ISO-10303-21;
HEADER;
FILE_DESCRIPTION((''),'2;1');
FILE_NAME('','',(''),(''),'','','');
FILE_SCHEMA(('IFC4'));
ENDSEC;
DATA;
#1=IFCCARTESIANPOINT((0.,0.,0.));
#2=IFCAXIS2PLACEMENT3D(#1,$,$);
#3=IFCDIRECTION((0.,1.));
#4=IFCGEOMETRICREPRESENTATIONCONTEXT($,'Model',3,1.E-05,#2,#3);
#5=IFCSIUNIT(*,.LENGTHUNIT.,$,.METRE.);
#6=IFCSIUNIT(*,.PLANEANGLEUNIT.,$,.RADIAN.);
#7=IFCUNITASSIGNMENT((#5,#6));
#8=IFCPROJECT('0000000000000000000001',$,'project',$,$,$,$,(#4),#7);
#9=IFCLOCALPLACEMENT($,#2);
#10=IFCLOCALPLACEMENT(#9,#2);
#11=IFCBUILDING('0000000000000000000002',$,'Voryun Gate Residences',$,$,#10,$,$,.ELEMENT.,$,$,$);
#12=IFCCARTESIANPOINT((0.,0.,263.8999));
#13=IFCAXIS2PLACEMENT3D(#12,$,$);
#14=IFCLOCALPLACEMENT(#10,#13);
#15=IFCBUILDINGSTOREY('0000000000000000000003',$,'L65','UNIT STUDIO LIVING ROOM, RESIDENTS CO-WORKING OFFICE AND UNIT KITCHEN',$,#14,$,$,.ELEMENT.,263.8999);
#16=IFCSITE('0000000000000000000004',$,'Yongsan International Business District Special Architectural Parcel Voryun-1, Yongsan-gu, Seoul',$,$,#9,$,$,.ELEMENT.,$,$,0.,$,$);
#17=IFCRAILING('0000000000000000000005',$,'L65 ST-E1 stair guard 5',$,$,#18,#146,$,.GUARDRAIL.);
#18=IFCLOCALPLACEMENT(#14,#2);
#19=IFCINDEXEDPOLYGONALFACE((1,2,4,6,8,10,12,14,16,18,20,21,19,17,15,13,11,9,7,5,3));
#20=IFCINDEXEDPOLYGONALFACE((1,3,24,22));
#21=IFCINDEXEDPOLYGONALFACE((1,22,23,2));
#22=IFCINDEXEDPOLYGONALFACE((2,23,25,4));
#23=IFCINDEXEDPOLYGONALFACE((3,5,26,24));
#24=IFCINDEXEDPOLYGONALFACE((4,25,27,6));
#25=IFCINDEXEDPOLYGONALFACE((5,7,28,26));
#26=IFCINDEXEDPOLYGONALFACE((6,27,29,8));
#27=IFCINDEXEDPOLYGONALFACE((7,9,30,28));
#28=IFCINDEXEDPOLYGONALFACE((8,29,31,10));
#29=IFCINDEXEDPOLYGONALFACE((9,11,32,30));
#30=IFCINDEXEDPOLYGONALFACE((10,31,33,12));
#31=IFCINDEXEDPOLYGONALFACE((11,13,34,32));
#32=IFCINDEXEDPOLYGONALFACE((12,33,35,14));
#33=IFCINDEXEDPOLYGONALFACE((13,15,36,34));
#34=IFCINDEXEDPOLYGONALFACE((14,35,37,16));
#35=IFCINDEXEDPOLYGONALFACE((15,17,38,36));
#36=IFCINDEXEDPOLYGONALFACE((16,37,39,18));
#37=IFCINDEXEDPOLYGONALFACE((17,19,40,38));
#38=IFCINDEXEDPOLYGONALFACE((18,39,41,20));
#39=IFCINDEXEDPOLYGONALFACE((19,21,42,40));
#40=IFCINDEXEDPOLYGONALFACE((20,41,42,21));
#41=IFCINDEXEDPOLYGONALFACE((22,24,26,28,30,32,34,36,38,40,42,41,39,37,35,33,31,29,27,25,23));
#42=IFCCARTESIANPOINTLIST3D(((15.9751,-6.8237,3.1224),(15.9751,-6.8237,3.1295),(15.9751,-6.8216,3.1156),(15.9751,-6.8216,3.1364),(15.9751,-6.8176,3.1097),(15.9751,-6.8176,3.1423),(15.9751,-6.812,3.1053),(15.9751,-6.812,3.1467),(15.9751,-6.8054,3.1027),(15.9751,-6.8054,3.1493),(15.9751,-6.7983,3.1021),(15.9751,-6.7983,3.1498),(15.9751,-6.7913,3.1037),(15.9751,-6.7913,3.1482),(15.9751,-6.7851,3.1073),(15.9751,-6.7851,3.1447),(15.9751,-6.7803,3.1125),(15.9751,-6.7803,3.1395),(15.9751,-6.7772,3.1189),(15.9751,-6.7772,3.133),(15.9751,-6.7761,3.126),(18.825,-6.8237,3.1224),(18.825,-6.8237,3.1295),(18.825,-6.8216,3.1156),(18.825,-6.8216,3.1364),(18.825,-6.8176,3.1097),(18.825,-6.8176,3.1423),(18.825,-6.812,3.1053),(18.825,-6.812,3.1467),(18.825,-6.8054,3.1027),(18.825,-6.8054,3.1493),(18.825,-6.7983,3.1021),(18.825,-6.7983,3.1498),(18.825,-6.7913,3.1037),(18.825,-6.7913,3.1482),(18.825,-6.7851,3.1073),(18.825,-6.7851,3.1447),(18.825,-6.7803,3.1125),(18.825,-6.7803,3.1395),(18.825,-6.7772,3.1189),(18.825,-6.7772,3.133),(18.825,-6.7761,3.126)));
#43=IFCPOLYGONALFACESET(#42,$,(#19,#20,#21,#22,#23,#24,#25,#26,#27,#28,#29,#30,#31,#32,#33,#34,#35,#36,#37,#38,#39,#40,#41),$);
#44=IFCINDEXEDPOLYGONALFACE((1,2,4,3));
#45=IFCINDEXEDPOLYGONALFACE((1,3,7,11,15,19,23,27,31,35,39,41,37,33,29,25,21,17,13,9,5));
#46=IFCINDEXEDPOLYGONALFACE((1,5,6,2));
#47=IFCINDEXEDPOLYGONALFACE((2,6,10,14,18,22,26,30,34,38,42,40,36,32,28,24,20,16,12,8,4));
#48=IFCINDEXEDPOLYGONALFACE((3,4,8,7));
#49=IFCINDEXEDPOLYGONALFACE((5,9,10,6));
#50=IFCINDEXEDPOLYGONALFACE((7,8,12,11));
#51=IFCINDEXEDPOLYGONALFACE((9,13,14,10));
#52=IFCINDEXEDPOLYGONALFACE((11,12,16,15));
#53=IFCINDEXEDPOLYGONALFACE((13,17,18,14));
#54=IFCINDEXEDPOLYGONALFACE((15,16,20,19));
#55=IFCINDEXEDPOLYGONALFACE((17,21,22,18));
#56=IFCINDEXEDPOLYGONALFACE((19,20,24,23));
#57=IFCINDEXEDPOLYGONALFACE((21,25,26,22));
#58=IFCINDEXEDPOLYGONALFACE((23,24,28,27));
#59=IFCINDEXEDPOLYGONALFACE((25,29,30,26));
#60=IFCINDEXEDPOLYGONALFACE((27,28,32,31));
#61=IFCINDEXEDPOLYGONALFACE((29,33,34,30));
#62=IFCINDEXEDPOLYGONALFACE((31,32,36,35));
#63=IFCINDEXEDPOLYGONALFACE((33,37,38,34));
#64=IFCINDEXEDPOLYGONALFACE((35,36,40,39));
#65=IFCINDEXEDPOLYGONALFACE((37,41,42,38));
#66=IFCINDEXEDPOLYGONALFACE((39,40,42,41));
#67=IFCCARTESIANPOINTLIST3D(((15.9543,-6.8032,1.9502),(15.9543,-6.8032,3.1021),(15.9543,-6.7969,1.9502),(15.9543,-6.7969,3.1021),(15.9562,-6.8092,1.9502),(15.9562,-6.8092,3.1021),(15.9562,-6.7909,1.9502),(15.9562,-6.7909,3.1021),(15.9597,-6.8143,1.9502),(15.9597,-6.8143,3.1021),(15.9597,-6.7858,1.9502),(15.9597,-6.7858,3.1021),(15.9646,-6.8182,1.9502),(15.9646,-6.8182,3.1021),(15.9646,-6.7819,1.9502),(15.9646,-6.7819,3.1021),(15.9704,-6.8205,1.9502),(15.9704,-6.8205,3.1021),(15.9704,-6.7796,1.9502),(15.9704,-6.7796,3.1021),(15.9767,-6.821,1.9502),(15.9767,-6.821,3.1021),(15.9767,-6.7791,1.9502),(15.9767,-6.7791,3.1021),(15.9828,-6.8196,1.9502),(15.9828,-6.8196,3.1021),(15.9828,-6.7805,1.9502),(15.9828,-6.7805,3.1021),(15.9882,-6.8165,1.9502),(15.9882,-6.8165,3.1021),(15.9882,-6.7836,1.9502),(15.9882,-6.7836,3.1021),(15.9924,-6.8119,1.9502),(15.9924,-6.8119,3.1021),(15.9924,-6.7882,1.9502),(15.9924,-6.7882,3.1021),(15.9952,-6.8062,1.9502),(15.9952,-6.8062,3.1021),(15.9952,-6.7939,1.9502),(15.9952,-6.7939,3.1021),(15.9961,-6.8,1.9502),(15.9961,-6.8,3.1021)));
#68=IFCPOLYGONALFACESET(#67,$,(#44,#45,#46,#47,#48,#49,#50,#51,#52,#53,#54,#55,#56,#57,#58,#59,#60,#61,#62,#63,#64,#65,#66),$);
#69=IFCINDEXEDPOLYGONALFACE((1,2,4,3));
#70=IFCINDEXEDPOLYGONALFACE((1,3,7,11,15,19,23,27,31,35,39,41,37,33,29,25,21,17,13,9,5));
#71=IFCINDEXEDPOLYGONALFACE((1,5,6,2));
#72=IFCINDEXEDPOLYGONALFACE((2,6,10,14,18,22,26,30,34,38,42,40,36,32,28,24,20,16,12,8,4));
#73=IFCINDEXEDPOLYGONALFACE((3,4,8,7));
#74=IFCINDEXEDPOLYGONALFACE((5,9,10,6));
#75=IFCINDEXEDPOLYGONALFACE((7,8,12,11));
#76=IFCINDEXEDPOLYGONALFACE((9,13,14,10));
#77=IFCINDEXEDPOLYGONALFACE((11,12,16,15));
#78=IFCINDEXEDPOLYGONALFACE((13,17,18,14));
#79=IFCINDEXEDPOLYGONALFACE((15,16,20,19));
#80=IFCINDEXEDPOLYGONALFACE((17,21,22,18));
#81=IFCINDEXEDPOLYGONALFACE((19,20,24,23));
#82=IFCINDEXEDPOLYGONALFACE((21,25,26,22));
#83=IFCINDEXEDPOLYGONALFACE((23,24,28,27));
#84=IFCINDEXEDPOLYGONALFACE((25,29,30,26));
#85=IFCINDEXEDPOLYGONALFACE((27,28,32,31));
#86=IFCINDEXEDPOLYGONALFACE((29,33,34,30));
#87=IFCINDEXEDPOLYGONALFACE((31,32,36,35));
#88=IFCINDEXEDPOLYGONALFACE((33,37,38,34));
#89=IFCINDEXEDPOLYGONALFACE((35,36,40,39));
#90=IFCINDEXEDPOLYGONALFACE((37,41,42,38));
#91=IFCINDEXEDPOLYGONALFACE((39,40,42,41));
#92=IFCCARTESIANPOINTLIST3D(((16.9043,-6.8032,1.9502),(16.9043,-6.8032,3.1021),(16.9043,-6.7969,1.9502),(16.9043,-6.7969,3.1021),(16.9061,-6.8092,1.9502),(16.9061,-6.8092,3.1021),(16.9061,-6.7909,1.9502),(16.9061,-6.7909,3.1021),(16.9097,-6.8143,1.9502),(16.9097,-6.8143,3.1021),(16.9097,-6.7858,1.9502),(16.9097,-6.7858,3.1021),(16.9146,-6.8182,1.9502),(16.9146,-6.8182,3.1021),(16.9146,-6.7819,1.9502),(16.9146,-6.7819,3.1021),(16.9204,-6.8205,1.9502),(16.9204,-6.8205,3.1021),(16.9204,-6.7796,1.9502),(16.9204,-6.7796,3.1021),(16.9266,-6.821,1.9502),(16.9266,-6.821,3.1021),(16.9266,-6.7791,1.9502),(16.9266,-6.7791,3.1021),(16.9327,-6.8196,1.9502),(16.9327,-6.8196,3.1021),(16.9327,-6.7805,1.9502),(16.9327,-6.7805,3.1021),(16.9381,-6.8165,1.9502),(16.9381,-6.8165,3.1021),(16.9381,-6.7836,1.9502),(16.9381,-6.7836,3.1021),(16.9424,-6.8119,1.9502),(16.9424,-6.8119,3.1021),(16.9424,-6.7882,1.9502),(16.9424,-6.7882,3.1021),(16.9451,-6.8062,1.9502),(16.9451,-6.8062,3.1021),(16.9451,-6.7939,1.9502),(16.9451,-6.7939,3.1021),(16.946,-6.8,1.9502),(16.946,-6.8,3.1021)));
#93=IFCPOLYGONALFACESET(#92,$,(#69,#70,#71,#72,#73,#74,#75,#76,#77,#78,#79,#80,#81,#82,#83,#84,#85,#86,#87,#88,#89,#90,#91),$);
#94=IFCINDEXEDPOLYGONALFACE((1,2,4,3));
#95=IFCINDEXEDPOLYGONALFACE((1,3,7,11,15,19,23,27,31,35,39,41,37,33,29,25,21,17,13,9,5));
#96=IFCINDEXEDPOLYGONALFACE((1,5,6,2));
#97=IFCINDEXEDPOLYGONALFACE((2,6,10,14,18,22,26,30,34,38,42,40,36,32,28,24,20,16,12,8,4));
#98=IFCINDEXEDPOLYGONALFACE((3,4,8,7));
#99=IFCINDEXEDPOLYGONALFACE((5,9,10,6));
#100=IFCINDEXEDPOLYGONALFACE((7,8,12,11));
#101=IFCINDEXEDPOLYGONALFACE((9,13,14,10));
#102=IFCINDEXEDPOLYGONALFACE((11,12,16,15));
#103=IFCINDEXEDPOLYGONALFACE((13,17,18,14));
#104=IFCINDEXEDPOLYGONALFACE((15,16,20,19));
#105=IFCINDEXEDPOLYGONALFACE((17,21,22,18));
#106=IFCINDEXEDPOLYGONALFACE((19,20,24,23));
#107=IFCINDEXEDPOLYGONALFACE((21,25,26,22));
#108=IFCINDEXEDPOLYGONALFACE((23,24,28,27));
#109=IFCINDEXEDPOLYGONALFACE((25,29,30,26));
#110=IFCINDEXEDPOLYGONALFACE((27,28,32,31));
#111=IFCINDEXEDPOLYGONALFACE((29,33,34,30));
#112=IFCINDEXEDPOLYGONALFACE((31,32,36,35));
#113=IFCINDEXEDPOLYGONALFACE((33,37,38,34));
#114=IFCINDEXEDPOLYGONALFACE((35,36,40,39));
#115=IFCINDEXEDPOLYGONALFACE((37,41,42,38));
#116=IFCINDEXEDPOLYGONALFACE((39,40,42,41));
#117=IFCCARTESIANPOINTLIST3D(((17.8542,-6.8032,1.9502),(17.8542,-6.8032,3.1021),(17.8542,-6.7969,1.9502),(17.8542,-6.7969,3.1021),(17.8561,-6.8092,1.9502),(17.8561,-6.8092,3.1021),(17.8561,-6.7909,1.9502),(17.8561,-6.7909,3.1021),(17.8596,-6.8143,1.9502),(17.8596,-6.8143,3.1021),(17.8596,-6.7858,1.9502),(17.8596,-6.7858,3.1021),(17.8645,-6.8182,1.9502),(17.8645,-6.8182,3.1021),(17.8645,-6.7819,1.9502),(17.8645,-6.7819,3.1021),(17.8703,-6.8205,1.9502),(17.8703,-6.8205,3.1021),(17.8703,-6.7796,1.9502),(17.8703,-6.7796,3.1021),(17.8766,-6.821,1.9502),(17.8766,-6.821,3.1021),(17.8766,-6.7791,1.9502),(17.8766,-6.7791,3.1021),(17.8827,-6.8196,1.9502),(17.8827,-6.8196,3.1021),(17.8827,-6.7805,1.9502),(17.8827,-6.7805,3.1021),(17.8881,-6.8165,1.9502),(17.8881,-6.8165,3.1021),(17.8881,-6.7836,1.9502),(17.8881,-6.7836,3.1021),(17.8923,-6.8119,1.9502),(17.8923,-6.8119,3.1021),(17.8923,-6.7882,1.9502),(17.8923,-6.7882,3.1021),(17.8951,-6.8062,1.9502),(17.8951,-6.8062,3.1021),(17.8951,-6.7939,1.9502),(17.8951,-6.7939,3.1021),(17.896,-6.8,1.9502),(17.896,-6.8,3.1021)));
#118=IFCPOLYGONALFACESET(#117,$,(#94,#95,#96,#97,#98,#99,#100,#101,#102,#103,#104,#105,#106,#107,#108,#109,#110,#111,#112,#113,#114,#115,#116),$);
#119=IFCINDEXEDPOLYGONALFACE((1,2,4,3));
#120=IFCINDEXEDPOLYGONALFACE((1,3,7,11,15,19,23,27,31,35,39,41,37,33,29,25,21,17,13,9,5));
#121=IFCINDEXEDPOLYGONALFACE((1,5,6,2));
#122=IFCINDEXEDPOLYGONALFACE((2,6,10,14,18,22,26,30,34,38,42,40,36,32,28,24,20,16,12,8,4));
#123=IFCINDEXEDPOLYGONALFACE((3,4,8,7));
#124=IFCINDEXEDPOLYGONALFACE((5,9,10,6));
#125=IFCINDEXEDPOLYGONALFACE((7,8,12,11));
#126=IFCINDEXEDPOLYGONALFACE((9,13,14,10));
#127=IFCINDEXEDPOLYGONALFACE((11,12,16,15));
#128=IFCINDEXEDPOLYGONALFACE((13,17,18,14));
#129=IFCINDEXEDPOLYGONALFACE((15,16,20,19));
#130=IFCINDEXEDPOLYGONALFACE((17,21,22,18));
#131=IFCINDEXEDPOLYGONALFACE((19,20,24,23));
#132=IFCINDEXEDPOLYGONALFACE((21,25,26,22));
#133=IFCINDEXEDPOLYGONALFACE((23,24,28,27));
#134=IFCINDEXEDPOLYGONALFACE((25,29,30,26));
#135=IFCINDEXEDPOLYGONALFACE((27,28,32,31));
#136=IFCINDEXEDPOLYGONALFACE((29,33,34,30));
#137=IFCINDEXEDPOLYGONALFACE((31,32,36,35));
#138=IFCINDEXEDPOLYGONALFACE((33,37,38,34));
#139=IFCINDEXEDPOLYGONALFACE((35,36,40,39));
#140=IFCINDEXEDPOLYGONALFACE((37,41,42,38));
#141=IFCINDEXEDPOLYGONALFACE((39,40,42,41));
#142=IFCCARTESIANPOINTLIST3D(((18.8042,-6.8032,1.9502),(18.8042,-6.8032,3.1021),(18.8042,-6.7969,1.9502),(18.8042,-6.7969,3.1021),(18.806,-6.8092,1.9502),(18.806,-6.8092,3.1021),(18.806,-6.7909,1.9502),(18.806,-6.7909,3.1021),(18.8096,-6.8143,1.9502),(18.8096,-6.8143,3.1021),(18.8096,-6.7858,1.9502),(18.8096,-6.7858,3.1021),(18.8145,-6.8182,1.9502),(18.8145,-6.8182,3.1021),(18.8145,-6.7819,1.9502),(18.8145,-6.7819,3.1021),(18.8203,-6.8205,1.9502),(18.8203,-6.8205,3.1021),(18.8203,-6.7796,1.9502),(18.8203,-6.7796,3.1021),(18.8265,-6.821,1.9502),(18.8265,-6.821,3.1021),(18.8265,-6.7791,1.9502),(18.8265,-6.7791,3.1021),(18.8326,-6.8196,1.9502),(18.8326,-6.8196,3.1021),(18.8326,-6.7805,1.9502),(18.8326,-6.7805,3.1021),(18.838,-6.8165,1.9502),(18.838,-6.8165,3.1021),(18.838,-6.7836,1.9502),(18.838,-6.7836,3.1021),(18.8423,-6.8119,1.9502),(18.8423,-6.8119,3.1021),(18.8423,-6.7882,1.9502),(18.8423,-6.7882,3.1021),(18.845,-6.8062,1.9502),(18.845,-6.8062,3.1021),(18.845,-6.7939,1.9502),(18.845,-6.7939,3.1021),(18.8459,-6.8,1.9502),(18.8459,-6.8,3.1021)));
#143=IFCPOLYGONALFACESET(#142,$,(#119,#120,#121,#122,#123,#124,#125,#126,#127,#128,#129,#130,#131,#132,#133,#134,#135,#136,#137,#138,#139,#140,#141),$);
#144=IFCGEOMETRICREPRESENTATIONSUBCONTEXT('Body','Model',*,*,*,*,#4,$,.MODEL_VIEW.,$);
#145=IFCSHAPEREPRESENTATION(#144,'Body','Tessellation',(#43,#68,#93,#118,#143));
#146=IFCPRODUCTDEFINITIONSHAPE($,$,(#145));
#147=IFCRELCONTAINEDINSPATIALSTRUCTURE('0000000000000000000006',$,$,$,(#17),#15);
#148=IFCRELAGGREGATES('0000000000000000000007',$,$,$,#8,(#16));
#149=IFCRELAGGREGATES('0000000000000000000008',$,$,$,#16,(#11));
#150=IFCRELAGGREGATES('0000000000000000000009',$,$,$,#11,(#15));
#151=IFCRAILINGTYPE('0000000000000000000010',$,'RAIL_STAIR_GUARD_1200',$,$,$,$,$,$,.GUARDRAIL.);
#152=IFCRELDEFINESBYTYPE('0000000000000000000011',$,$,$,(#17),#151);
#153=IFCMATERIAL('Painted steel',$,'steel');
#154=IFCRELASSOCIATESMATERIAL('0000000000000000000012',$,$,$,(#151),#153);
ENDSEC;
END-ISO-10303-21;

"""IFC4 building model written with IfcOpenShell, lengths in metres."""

from ifc_helpers import new_model, si_unit, direction, frame, origin, origin_2d, place, context, subcontext, project, spatial, circle, extrude, material, type_object, element, save


model = new_model("IFC4")

# Units and contexts
model_context = context("Model", 3, precision=1e-05, world=origin(), true_north=direction((0.0, 1.0)))
body_context = subcontext(model_context, "Body", "Model", "MODEL_VIEW")
ifc_project = project(units=[si_unit("LENGTHUNIT", "METRE"), si_unit("PLANEANGLEUNIT", "RADIAN")], contexts=[model_context])

# Site, building, storey
site_placement = place(None, origin())
site = spatial("IfcSite", under=ifc_project, at=site_placement, Name="Yongsan International Business District Special Architectural Parcel Voryun-1, Yongsan-gu, Seoul", CompositionType="ELEMENT", RefElevation=0.0)
building_placement = place(site_placement, origin())
building = spatial("IfcBuilding", under=site, at=building_placement, Name="Voryun Gate Residences", CompositionType="ELEMENT")
storey_placement = place(building_placement, frame((0.0, 0.0, 263.8999)))
storey = spatial("IfcBuildingStorey", under=building, at=storey_placement, Name="L65", Description="UNIT STUDIO LIVING ROOM, RESIDENTS CO-WORKING OFFICE AND UNIT KITCHEN", CompositionType="ELEMENT", Elevation=263.8999)

# Railing
ifc_material_1 = material(Name="Painted steel", Category="steel")
railing_type_1 = type_object("IfcRailingType", Name="RAIL_STAIR_GUARD_1200", PredefinedType="GUARDRAIL", material=ifc_material_1)
railing_1_placement = place(storey_placement, frame((15.9751, -6.8, 1.9502)))
element("IfcRailing", 1, at=railing_1_placement, inside=storey, type_object=railing_type_1, Name="L65 ST-E1 stair guard 5", PredefinedType="GUARDRAIL", context=body_context, shape_type="SweptSolid", body=[
    extrude(circle(Radius=0.0239, at=origin_2d()), frame((0.0, 0.0, 1.1758), z_axis=(1.0, 0.0, 0.0), x_axis=(0.0, 1.0, 0.0)), (0.0, 0.0, 1.0), 2.8499),
    extrude(circle(Radius=0.021, at=origin_2d()), origin(), (0.0, 0.0, 1.0), 1.1519),
    extrude(circle(Radius=0.021, at=origin_2d()), frame((0.95, 0.0, 0.0)), (0.0, 0.0, 1.0), 1.1519),
    extrude(circle(Radius=0.021, at=origin_2d()), frame((1.8999, 0.0, 0.0)), (0.0, 0.0, 1.0), 1.1519),
    extrude(circle(Radius=0.021, at=origin_2d()), frame((2.8499, 0.0, 0.0)), (0.0, 0.0, 1.0), 1.1519),
])

save(model, "model.ifc")
